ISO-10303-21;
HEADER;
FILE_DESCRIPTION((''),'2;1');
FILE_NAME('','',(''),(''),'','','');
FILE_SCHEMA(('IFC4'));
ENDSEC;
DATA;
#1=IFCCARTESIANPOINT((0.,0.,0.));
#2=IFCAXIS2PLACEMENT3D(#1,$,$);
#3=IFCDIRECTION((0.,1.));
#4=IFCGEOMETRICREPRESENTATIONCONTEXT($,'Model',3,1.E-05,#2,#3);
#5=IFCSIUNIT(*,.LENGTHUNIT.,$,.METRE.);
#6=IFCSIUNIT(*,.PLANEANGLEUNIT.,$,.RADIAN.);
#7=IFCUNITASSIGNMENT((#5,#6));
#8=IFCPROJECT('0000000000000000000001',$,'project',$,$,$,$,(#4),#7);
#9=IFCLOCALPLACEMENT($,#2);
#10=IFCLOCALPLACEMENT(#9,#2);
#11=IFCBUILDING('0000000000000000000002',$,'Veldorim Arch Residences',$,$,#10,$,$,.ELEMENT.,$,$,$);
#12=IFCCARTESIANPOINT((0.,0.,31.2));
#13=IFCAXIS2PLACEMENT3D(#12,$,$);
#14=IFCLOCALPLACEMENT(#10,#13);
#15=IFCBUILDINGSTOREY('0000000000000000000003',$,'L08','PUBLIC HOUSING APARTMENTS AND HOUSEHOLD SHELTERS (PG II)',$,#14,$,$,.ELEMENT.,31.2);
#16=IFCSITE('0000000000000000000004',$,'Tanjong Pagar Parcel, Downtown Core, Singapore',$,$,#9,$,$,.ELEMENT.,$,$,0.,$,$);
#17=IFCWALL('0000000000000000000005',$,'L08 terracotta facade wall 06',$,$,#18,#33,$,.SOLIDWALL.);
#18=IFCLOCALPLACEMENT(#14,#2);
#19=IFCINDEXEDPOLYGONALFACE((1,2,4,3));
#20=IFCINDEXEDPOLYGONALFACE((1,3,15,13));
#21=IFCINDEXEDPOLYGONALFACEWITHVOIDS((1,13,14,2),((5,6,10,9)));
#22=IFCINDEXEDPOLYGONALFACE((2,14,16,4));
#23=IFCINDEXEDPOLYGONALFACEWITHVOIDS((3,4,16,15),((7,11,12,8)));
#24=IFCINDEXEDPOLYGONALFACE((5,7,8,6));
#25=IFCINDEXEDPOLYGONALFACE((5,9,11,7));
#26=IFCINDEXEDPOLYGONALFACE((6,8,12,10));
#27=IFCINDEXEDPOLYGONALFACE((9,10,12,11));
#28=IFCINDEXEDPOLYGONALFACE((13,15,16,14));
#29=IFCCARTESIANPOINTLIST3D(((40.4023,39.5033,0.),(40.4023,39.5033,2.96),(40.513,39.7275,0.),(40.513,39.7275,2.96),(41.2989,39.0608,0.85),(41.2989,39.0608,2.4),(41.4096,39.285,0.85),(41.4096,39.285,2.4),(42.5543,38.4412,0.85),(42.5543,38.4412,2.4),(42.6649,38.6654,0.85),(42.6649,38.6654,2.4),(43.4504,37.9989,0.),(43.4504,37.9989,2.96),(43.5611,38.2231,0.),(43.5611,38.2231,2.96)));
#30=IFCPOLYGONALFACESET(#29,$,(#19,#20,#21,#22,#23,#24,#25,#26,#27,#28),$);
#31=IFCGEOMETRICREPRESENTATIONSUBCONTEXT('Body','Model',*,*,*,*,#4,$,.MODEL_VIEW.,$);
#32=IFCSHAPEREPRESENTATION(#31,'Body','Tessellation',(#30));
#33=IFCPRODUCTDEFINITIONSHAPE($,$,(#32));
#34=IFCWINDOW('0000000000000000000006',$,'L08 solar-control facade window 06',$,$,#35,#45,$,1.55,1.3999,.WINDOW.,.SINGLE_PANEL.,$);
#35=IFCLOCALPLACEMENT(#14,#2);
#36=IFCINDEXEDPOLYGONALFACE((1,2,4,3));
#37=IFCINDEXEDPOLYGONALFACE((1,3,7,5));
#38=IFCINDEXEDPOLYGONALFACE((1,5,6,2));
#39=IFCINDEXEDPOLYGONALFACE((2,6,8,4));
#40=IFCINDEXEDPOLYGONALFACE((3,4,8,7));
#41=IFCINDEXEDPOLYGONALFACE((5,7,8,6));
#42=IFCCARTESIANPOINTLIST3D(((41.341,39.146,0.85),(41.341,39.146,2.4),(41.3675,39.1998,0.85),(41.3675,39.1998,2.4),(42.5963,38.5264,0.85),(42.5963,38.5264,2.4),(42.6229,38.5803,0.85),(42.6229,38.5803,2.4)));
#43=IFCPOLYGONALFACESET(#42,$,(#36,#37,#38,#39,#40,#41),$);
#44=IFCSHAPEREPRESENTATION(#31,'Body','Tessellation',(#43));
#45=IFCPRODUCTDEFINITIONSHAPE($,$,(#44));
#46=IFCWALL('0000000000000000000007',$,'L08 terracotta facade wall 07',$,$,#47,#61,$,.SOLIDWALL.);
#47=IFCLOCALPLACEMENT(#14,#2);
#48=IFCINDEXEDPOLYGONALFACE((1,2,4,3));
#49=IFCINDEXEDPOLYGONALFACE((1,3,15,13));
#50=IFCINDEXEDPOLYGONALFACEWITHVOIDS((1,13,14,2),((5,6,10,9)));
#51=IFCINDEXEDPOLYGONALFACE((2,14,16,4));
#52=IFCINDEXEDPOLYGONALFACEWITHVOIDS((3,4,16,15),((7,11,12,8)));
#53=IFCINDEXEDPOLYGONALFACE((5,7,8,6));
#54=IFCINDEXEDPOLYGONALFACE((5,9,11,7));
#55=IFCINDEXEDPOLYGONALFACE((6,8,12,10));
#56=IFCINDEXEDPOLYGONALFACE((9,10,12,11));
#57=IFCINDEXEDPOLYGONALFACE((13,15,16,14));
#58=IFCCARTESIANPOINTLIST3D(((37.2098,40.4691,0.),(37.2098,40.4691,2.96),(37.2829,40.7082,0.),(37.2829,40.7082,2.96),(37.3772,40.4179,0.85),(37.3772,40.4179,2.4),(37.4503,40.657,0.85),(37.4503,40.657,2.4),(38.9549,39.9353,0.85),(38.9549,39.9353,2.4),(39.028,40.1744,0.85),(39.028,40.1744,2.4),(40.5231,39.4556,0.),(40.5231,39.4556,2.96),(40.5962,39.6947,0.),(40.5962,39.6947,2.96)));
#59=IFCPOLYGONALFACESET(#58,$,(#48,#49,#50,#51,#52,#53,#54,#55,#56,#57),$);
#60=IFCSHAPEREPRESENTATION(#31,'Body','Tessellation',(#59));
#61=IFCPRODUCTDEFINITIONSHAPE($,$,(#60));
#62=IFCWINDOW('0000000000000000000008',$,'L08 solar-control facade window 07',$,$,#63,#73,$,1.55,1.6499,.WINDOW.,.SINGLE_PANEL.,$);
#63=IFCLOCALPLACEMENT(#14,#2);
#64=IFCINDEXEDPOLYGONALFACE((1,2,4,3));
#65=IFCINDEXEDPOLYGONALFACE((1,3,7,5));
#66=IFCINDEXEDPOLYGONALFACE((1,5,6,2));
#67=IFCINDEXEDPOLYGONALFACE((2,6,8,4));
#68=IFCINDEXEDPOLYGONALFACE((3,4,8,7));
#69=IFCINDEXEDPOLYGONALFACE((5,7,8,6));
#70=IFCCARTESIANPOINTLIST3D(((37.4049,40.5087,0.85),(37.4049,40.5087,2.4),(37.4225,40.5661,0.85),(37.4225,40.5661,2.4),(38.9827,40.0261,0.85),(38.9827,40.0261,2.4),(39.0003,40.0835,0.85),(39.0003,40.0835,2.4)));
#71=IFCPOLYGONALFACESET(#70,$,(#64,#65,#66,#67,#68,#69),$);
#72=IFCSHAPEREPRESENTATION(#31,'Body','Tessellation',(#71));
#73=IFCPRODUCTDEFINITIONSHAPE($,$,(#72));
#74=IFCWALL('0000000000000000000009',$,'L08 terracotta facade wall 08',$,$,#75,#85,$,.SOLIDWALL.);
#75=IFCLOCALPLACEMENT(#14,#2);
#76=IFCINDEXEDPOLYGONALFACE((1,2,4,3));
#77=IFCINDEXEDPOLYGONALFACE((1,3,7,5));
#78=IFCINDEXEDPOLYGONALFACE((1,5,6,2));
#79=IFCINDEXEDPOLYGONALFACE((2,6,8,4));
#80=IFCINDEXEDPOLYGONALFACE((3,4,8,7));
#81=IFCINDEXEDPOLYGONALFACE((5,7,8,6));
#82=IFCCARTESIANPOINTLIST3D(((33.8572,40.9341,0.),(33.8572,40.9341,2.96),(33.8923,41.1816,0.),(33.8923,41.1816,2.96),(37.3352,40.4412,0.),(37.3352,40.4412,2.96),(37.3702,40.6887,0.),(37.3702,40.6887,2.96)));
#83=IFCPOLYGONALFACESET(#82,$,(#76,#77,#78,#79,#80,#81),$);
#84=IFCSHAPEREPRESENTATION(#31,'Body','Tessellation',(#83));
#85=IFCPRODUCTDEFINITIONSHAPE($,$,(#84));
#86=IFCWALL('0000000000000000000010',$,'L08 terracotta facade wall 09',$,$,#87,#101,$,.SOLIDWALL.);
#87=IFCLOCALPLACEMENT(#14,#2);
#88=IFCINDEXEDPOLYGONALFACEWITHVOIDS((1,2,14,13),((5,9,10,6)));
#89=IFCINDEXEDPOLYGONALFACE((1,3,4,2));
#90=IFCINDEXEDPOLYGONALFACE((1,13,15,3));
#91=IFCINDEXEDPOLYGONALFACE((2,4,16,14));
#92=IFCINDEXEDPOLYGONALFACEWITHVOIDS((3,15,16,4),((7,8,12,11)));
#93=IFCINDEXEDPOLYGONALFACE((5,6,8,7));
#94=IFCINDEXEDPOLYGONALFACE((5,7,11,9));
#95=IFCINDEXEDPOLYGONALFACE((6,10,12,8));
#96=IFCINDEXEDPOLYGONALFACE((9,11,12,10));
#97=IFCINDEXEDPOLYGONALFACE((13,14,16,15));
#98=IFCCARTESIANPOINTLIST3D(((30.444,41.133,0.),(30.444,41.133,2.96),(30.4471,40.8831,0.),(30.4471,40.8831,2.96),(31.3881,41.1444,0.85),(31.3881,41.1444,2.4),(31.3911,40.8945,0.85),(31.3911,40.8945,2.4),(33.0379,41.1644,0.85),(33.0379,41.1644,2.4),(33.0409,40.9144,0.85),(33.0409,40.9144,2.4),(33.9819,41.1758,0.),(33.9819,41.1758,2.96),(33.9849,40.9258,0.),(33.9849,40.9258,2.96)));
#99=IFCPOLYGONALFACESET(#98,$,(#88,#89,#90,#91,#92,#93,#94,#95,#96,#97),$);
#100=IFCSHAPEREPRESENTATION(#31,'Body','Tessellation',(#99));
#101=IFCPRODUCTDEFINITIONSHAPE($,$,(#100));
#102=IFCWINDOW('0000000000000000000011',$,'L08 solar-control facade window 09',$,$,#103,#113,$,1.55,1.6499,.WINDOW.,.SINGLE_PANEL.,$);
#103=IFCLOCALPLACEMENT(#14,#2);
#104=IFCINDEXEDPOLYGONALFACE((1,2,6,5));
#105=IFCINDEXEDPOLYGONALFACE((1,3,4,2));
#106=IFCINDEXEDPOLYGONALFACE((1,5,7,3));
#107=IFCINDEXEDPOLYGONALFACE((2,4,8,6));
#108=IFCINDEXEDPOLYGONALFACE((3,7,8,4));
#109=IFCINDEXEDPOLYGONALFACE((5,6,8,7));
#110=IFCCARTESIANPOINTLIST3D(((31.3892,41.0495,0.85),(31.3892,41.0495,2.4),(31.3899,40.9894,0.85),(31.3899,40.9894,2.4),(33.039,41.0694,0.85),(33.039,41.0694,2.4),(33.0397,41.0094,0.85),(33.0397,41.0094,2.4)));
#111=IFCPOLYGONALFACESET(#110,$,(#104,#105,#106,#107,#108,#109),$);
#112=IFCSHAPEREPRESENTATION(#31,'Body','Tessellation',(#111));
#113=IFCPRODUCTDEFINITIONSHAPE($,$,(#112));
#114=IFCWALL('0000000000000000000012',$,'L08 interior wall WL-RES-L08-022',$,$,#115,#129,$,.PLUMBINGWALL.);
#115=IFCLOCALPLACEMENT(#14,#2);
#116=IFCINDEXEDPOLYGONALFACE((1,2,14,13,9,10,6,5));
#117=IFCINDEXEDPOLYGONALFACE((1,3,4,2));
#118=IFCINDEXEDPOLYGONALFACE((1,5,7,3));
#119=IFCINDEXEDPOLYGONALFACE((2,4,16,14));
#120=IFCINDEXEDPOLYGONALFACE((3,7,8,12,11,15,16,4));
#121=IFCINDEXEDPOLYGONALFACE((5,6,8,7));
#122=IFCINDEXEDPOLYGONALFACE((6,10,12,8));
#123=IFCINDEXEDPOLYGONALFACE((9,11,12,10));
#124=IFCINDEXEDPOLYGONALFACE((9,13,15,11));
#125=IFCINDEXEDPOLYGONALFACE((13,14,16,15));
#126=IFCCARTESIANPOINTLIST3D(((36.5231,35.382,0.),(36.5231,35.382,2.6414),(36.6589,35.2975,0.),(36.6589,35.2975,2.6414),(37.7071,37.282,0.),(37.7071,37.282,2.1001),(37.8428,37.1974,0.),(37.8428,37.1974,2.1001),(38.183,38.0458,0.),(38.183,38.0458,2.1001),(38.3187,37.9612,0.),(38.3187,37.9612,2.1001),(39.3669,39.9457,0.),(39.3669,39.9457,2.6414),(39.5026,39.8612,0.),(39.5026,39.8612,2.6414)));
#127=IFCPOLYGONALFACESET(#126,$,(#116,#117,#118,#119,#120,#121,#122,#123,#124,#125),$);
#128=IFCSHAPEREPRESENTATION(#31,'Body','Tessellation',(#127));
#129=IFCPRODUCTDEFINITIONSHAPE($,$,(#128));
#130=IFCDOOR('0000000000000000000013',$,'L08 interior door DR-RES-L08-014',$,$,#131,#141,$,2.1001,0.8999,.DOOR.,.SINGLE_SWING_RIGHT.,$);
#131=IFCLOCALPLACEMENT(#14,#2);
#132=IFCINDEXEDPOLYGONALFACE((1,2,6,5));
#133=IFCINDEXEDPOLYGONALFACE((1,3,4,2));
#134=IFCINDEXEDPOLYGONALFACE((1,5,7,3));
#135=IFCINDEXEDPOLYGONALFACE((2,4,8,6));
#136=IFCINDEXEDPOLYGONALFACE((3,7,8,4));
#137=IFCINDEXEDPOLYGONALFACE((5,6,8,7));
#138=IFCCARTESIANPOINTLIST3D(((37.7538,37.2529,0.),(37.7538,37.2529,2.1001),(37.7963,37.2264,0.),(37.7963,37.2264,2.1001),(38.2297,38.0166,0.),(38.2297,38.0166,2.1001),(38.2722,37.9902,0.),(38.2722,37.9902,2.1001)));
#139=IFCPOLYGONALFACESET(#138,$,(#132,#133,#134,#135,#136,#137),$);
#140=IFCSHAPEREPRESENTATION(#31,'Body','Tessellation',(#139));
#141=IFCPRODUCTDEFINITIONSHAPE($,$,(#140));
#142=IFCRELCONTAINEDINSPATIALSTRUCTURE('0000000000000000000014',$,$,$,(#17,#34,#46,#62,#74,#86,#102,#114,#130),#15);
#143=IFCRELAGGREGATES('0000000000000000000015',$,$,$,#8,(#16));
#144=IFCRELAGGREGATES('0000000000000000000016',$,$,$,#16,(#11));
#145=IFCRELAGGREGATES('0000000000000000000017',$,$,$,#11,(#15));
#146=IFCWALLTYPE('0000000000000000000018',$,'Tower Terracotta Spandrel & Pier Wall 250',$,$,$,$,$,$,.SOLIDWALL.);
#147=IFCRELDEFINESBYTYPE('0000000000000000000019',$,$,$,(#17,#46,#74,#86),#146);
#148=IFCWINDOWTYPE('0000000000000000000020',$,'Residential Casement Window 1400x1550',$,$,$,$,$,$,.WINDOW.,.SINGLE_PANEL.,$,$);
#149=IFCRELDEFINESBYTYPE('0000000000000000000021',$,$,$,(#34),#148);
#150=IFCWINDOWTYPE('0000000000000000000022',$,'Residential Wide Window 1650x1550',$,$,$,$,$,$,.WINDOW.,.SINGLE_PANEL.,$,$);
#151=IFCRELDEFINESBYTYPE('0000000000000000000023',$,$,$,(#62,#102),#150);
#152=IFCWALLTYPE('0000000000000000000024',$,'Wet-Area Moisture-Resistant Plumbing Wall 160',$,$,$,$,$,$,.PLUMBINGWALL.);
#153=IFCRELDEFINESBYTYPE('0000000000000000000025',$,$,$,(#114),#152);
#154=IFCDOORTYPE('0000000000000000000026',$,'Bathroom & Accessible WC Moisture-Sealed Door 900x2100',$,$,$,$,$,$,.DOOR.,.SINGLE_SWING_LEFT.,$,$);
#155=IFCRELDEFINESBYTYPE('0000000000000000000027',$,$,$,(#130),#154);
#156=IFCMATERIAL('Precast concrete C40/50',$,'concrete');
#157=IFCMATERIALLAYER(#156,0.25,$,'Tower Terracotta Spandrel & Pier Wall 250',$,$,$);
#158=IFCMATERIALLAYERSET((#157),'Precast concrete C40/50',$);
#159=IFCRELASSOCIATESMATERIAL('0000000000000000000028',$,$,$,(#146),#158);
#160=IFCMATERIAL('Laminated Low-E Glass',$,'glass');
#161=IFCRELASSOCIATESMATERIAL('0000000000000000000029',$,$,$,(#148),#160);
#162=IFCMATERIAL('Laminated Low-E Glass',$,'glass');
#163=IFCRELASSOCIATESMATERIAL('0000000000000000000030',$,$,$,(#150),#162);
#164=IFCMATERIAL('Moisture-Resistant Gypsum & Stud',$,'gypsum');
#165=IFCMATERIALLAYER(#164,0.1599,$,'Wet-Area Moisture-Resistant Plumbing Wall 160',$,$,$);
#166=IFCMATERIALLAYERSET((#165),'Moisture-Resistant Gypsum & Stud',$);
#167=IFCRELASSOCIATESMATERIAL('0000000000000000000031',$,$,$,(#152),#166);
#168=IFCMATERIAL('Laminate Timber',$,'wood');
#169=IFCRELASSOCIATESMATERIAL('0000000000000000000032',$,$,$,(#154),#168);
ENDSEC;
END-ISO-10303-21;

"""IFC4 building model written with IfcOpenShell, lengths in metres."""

from ifc_helpers import new_model, si_unit, direction, frame, frame_2d, origin, place, context, subcontext, project, spatial, rectangle, extrude, material, layer, layer_set, type_object, element, fill, save


model = new_model("IFC4")

# Units and contexts
model_context = context("Model", 3, precision=1e-05, world=origin(), true_north=direction((0.0, 1.0)))
body_context = subcontext(model_context, "Body", "Model", "MODEL_VIEW")
ifc_project = project(units=[si_unit("LENGTHUNIT", "METRE"), si_unit("PLANEANGLEUNIT", "RADIAN")], contexts=[model_context])

# Site, building, storey
site_placement = place(None, origin())
site = spatial("IfcSite", under=ifc_project, at=site_placement, Name="Tanjong Pagar Parcel, Downtown Core, Singapore", CompositionType="ELEMENT", RefElevation=0.0)
building_placement = place(site_placement, origin())
building = spatial("IfcBuilding", under=site, at=building_placement, Name="Veldorim Arch Residences", CompositionType="ELEMENT")
storey_placement = place(building_placement, frame((0.0, 0.0, 31.2)))
storey = spatial("IfcBuildingStorey", under=building, at=storey_placement, Name="L08", Description="PUBLIC HOUSING APARTMENTS AND HOUSEHOLD SHELTERS (PG II)", CompositionType="ELEMENT", Elevation=31.2)

# Walls, openings, windows
ifc_material_1 = material(Name="Precast concrete C40/50", Category="concrete")
ifc_layer_1 = layer(ifc_material_1, 0.25, Name="Tower Terracotta Spandrel & Pier Wall 250")
ifc_layer_set_1 = layer_set([ifc_layer_1], Name="Precast concrete C40/50")
wall_type_1 = type_object("IfcWallType", Name="Tower Terracotta Spandrel & Pier Wall 250", PredefinedType="SOLIDWALL", material=ifc_layer_set_1)
wall_1_placement = place(storey_placement, frame((40.4575, 39.6155, 0.0), z_axis=(0.0, 0.0, 1.0), x_axis=(0.896728, -0.442582, 0.0)))
wall_1 = element("IfcWall", 1, at=wall_1_placement, inside=storey, type_object=wall_type_1, Name="L08 terracotta facade wall 06", PredefinedType="SOLIDWALL", context=body_context, shape_type="SweptSolid", body=[
    extrude(rectangle(XDim=3.3992, YDim=0.25, at=frame_2d((1.6997, 0.0))), origin(), (0.0, 0.0, 1.0), 2.96),
])
opening_1_placement = place(wall_1_placement, frame((1.0, 0.0, 0.8501)))
opening_1 = element("IfcOpeningElement", 2, at=opening_1_placement, cuts=wall_1, PredefinedType="OPENING", context=body_context, shape_type="SweptSolid", body=[
    extrude(rectangle(XDim=1.3999, YDim=1.55, at=frame_2d((0.7, 0.7749))), frame((0.0, 0.135, 0.0), z_axis=(0.0, -1.0, 0.0), x_axis=(1.0, 0.0, 0.0)), (0.0, 0.0, 1.0), 0.27),
])
ifc_material_2 = material(Name="Laminated Low-E Glass", Category="glass")
window_type_1 = type_object("IfcWindowType", Name="Residential Casement Window 1400x1550", PartitioningType="SINGLE_PANEL", PredefinedType="WINDOW", material=ifc_material_2)
window_1_placement = place(opening_1_placement, origin())
window_1 = element("IfcWindow", 3, at=window_1_placement, inside=storey, type_object=window_type_1, Name="L08 solar-control facade window 06", OverallHeight=1.55, OverallWidth=1.3999, PartitioningType="SINGLE_PANEL", PredefinedType="WINDOW", context=body_context, shape_type="SweptSolid", body=[
    extrude(rectangle(XDim=1.3999, YDim=1.55, at=frame_2d((0.7, 0.7749))), frame((0.0, 0.03, 0.0), z_axis=(0.0, -1.0, 0.0), x_axis=(1.0, 0.0, 0.0)), (0.0, 0.0, 1.0), 0.0601),
])
fill(opening_1, window_1)
wall_2_placement = place(storey_placement, frame((37.2463, 40.5886, 0.0), z_axis=(0.0, 0.0, 1.0), x_axis=(0.956267, -0.292496, 0.0)))
wall_2 = element("IfcWall", 4, at=wall_2_placement, inside=storey, type_object=wall_type_1, Name="L08 terracotta facade wall 07", PredefinedType="SOLIDWALL", context=body_context, shape_type="SweptSolid", body=[
    extrude(rectangle(XDim=3.4648, YDim=0.25, at=frame_2d((1.7324, 0.0))), origin(), (0.0, 0.0, 1.0), 2.96),
])
opening_2_placement = place(wall_2_placement, frame((0.175, 0.0, 0.8501)))
opening_2 = element("IfcOpeningElement", 5, at=opening_2_placement, cuts=wall_2, PredefinedType="OPENING", context=body_context, shape_type="SweptSolid", body=[
    extrude(rectangle(XDim=1.6499, YDim=1.55, at=frame_2d((0.825, 0.7749))), frame((0.0, 0.135, 0.0), z_axis=(0.0, -1.0, 0.0), x_axis=(1.0, 0.0, 0.0)), (0.0, 0.0, 1.0), 0.27),
])
ifc_material_3 = material(Name="Laminated Low-E Glass", Category="glass")
window_type_2 = type_object("IfcWindowType", Name="Residential Wide Window 1650x1550", PartitioningType="SINGLE_PANEL", PredefinedType="WINDOW", material=ifc_material_3)
window_2_placement = place(opening_2_placement, origin())
window_2 = element("IfcWindow", 6, at=window_2_placement, inside=storey, type_object=window_type_2, Name="L08 solar-control facade window 07", OverallHeight=1.55, OverallWidth=1.6499, PartitioningType="SINGLE_PANEL", PredefinedType="WINDOW", context=body_context, shape_type="SweptSolid", body=[
    extrude(rectangle(XDim=1.6499, YDim=1.55, at=frame_2d((0.825, 0.7749))), frame((0.0, 0.03, 0.0), z_axis=(0.0, -1.0, 0.0), x_axis=(1.0, 0.0, 0.0)), (0.0, 0.0, 1.0), 0.0601),
])
fill(opening_2, window_2)

# Wall
wall_3_placement = place(storey_placement, frame((33.8748, 41.0579, 0.0), z_axis=(0.0, 0.0, 1.0), x_axis=(0.990106, -0.140322, 0.0)))
element("IfcWall", 7, at=wall_3_placement, inside=storey, type_object=wall_type_1, Name="L08 terracotta facade wall 08", PredefinedType="SOLIDWALL", context=body_context, shape_type="SweptSolid", body=[
    extrude(rectangle(XDim=3.5127, YDim=0.25, at=frame_2d((1.7563, 0.0))), origin(), (0.0, 0.0, 1.0), 2.96),
])

# Wall, opening, window
wall_4_placement = place(storey_placement, frame((30.4456, 41.0081, 0.0), z_axis=(0.0, 0.0, 1.0), x_axis=(0.999927, 0.012076, 0.0)))
wall_4 = element("IfcWall", 8, at=wall_4_placement, inside=storey, type_object=wall_type_1, Name="L08 terracotta facade wall 09", PredefinedType="SOLIDWALL", context=body_context, shape_type="SweptSolid", body=[
    extrude(rectangle(XDim=3.5381, YDim=0.25, at=frame_2d((1.769, 0.0))), origin(), (0.0, 0.0, 1.0), 2.96),
])
opening_3_placement = place(wall_4_placement, frame((0.9441, 0.0, 0.8501)))
opening_3 = element("IfcOpeningElement", 9, at=opening_3_placement, cuts=wall_4, PredefinedType="OPENING", context=body_context, shape_type="SweptSolid", body=[
    extrude(rectangle(XDim=1.6499, YDim=1.55, at=frame_2d((0.825, 0.7749))), frame((0.0, 0.135, 0.0), z_axis=(0.0, -1.0, 0.0), x_axis=(1.0, 0.0, 0.0)), (0.0, 0.0, 1.0), 0.27),
])
window_3_placement = place(opening_3_placement, origin())
window_3 = element("IfcWindow", 10, at=window_3_placement, inside=storey, type_object=window_type_2, Name="L08 solar-control facade window 09", OverallHeight=1.55, OverallWidth=1.6499, PartitioningType="SINGLE_PANEL", PredefinedType="WINDOW", context=body_context, shape_type="SweptSolid", body=[
    extrude(rectangle(XDim=1.6499, YDim=1.55, at=frame_2d((0.825, 0.7749))), frame((0.0, 0.03, 0.0), z_axis=(0.0, -1.0, 0.0), x_axis=(1.0, 0.0, 0.0)), (0.0, 0.0, 1.0), 0.0601),
])
fill(opening_3, window_3)

# Wall, opening, door
ifc_material_4 = material(Name="Moisture-Resistant Gypsum & Stud", Category="gypsum")
ifc_layer_2 = layer(ifc_material_4, 0.1599, Name="Wet-Area Moisture-Resistant Plumbing Wall 160")
ifc_layer_set_2 = layer_set([ifc_layer_2], Name="Moisture-Resistant Gypsum & Stud")
wall_type_2 = type_object("IfcWallType", Name="Wet-Area Moisture-Resistant Plumbing Wall 160", PredefinedType="PLUMBINGWALL", material=ifc_layer_set_2)
wall_5_placement = place(storey_placement, frame((36.5911, 35.3398, 0.0), z_axis=(0.0, 0.0, 1.0), x_axis=(0.528852, 0.848714, 0.0)))
wall_5 = element("IfcWall", 11, at=wall_5_placement, inside=storey, type_object=wall_type_2, Name="L08 interior wall WL-RES-L08-022", PredefinedType="PLUMBINGWALL", context=body_context, shape_type="SweptSolid", body=[
    extrude(rectangle(XDim=5.3772, YDim=0.1599, at=frame_2d((2.6885, 0.0))), origin(), (0.0, 0.0, 1.0), 2.6414),
])
opening_4_placement = place(wall_5_placement, frame((2.2385, 0.0, 0.0)))
opening_4 = element("IfcOpeningElement", 12, at=opening_4_placement, cuts=wall_5, PredefinedType="OPENING", context=body_context, shape_type="SweptSolid", body=[
    extrude(rectangle(XDim=0.8999, YDim=2.1001, at=frame_2d((0.45, 1.05))), frame((0.0, 0.0898, 0.0), z_axis=(0.0, -1.0, 0.0), x_axis=(1.0, 0.0, 0.0)), (0.0, 0.0, 1.0), 0.1799),
])
ifc_material_5 = material(Name="Laminate Timber", Category="wood")
door_type_1 = type_object("IfcDoorType", Name="Bathroom & Accessible WC Moisture-Sealed Door 900x2100", OperationType="SINGLE_SWING_LEFT", PredefinedType="DOOR", material=ifc_material_5)
door_1_placement = place(opening_4_placement, origin())
door_1 = element("IfcDoor", 13, at=door_1_placement, inside=storey, type_object=door_type_1, Name="L08 interior door DR-RES-L08-014", OperationType="SINGLE_SWING_RIGHT", OverallHeight=2.1001, OverallWidth=0.8999, PredefinedType="DOOR", context=body_context, shape_type="SweptSolid", body=[
    extrude(rectangle(XDim=0.8999, YDim=2.1001, at=frame_2d((0.45, 1.05))), frame((0.0, 0.0249, 0.0), z_axis=(0.0, -1.0, 0.0), x_axis=(1.0, 0.0, 0.0)), (0.0, 0.0, 1.0), 0.05),
])
fill(opening_4, door_1)

save(model, "model.ifc")
